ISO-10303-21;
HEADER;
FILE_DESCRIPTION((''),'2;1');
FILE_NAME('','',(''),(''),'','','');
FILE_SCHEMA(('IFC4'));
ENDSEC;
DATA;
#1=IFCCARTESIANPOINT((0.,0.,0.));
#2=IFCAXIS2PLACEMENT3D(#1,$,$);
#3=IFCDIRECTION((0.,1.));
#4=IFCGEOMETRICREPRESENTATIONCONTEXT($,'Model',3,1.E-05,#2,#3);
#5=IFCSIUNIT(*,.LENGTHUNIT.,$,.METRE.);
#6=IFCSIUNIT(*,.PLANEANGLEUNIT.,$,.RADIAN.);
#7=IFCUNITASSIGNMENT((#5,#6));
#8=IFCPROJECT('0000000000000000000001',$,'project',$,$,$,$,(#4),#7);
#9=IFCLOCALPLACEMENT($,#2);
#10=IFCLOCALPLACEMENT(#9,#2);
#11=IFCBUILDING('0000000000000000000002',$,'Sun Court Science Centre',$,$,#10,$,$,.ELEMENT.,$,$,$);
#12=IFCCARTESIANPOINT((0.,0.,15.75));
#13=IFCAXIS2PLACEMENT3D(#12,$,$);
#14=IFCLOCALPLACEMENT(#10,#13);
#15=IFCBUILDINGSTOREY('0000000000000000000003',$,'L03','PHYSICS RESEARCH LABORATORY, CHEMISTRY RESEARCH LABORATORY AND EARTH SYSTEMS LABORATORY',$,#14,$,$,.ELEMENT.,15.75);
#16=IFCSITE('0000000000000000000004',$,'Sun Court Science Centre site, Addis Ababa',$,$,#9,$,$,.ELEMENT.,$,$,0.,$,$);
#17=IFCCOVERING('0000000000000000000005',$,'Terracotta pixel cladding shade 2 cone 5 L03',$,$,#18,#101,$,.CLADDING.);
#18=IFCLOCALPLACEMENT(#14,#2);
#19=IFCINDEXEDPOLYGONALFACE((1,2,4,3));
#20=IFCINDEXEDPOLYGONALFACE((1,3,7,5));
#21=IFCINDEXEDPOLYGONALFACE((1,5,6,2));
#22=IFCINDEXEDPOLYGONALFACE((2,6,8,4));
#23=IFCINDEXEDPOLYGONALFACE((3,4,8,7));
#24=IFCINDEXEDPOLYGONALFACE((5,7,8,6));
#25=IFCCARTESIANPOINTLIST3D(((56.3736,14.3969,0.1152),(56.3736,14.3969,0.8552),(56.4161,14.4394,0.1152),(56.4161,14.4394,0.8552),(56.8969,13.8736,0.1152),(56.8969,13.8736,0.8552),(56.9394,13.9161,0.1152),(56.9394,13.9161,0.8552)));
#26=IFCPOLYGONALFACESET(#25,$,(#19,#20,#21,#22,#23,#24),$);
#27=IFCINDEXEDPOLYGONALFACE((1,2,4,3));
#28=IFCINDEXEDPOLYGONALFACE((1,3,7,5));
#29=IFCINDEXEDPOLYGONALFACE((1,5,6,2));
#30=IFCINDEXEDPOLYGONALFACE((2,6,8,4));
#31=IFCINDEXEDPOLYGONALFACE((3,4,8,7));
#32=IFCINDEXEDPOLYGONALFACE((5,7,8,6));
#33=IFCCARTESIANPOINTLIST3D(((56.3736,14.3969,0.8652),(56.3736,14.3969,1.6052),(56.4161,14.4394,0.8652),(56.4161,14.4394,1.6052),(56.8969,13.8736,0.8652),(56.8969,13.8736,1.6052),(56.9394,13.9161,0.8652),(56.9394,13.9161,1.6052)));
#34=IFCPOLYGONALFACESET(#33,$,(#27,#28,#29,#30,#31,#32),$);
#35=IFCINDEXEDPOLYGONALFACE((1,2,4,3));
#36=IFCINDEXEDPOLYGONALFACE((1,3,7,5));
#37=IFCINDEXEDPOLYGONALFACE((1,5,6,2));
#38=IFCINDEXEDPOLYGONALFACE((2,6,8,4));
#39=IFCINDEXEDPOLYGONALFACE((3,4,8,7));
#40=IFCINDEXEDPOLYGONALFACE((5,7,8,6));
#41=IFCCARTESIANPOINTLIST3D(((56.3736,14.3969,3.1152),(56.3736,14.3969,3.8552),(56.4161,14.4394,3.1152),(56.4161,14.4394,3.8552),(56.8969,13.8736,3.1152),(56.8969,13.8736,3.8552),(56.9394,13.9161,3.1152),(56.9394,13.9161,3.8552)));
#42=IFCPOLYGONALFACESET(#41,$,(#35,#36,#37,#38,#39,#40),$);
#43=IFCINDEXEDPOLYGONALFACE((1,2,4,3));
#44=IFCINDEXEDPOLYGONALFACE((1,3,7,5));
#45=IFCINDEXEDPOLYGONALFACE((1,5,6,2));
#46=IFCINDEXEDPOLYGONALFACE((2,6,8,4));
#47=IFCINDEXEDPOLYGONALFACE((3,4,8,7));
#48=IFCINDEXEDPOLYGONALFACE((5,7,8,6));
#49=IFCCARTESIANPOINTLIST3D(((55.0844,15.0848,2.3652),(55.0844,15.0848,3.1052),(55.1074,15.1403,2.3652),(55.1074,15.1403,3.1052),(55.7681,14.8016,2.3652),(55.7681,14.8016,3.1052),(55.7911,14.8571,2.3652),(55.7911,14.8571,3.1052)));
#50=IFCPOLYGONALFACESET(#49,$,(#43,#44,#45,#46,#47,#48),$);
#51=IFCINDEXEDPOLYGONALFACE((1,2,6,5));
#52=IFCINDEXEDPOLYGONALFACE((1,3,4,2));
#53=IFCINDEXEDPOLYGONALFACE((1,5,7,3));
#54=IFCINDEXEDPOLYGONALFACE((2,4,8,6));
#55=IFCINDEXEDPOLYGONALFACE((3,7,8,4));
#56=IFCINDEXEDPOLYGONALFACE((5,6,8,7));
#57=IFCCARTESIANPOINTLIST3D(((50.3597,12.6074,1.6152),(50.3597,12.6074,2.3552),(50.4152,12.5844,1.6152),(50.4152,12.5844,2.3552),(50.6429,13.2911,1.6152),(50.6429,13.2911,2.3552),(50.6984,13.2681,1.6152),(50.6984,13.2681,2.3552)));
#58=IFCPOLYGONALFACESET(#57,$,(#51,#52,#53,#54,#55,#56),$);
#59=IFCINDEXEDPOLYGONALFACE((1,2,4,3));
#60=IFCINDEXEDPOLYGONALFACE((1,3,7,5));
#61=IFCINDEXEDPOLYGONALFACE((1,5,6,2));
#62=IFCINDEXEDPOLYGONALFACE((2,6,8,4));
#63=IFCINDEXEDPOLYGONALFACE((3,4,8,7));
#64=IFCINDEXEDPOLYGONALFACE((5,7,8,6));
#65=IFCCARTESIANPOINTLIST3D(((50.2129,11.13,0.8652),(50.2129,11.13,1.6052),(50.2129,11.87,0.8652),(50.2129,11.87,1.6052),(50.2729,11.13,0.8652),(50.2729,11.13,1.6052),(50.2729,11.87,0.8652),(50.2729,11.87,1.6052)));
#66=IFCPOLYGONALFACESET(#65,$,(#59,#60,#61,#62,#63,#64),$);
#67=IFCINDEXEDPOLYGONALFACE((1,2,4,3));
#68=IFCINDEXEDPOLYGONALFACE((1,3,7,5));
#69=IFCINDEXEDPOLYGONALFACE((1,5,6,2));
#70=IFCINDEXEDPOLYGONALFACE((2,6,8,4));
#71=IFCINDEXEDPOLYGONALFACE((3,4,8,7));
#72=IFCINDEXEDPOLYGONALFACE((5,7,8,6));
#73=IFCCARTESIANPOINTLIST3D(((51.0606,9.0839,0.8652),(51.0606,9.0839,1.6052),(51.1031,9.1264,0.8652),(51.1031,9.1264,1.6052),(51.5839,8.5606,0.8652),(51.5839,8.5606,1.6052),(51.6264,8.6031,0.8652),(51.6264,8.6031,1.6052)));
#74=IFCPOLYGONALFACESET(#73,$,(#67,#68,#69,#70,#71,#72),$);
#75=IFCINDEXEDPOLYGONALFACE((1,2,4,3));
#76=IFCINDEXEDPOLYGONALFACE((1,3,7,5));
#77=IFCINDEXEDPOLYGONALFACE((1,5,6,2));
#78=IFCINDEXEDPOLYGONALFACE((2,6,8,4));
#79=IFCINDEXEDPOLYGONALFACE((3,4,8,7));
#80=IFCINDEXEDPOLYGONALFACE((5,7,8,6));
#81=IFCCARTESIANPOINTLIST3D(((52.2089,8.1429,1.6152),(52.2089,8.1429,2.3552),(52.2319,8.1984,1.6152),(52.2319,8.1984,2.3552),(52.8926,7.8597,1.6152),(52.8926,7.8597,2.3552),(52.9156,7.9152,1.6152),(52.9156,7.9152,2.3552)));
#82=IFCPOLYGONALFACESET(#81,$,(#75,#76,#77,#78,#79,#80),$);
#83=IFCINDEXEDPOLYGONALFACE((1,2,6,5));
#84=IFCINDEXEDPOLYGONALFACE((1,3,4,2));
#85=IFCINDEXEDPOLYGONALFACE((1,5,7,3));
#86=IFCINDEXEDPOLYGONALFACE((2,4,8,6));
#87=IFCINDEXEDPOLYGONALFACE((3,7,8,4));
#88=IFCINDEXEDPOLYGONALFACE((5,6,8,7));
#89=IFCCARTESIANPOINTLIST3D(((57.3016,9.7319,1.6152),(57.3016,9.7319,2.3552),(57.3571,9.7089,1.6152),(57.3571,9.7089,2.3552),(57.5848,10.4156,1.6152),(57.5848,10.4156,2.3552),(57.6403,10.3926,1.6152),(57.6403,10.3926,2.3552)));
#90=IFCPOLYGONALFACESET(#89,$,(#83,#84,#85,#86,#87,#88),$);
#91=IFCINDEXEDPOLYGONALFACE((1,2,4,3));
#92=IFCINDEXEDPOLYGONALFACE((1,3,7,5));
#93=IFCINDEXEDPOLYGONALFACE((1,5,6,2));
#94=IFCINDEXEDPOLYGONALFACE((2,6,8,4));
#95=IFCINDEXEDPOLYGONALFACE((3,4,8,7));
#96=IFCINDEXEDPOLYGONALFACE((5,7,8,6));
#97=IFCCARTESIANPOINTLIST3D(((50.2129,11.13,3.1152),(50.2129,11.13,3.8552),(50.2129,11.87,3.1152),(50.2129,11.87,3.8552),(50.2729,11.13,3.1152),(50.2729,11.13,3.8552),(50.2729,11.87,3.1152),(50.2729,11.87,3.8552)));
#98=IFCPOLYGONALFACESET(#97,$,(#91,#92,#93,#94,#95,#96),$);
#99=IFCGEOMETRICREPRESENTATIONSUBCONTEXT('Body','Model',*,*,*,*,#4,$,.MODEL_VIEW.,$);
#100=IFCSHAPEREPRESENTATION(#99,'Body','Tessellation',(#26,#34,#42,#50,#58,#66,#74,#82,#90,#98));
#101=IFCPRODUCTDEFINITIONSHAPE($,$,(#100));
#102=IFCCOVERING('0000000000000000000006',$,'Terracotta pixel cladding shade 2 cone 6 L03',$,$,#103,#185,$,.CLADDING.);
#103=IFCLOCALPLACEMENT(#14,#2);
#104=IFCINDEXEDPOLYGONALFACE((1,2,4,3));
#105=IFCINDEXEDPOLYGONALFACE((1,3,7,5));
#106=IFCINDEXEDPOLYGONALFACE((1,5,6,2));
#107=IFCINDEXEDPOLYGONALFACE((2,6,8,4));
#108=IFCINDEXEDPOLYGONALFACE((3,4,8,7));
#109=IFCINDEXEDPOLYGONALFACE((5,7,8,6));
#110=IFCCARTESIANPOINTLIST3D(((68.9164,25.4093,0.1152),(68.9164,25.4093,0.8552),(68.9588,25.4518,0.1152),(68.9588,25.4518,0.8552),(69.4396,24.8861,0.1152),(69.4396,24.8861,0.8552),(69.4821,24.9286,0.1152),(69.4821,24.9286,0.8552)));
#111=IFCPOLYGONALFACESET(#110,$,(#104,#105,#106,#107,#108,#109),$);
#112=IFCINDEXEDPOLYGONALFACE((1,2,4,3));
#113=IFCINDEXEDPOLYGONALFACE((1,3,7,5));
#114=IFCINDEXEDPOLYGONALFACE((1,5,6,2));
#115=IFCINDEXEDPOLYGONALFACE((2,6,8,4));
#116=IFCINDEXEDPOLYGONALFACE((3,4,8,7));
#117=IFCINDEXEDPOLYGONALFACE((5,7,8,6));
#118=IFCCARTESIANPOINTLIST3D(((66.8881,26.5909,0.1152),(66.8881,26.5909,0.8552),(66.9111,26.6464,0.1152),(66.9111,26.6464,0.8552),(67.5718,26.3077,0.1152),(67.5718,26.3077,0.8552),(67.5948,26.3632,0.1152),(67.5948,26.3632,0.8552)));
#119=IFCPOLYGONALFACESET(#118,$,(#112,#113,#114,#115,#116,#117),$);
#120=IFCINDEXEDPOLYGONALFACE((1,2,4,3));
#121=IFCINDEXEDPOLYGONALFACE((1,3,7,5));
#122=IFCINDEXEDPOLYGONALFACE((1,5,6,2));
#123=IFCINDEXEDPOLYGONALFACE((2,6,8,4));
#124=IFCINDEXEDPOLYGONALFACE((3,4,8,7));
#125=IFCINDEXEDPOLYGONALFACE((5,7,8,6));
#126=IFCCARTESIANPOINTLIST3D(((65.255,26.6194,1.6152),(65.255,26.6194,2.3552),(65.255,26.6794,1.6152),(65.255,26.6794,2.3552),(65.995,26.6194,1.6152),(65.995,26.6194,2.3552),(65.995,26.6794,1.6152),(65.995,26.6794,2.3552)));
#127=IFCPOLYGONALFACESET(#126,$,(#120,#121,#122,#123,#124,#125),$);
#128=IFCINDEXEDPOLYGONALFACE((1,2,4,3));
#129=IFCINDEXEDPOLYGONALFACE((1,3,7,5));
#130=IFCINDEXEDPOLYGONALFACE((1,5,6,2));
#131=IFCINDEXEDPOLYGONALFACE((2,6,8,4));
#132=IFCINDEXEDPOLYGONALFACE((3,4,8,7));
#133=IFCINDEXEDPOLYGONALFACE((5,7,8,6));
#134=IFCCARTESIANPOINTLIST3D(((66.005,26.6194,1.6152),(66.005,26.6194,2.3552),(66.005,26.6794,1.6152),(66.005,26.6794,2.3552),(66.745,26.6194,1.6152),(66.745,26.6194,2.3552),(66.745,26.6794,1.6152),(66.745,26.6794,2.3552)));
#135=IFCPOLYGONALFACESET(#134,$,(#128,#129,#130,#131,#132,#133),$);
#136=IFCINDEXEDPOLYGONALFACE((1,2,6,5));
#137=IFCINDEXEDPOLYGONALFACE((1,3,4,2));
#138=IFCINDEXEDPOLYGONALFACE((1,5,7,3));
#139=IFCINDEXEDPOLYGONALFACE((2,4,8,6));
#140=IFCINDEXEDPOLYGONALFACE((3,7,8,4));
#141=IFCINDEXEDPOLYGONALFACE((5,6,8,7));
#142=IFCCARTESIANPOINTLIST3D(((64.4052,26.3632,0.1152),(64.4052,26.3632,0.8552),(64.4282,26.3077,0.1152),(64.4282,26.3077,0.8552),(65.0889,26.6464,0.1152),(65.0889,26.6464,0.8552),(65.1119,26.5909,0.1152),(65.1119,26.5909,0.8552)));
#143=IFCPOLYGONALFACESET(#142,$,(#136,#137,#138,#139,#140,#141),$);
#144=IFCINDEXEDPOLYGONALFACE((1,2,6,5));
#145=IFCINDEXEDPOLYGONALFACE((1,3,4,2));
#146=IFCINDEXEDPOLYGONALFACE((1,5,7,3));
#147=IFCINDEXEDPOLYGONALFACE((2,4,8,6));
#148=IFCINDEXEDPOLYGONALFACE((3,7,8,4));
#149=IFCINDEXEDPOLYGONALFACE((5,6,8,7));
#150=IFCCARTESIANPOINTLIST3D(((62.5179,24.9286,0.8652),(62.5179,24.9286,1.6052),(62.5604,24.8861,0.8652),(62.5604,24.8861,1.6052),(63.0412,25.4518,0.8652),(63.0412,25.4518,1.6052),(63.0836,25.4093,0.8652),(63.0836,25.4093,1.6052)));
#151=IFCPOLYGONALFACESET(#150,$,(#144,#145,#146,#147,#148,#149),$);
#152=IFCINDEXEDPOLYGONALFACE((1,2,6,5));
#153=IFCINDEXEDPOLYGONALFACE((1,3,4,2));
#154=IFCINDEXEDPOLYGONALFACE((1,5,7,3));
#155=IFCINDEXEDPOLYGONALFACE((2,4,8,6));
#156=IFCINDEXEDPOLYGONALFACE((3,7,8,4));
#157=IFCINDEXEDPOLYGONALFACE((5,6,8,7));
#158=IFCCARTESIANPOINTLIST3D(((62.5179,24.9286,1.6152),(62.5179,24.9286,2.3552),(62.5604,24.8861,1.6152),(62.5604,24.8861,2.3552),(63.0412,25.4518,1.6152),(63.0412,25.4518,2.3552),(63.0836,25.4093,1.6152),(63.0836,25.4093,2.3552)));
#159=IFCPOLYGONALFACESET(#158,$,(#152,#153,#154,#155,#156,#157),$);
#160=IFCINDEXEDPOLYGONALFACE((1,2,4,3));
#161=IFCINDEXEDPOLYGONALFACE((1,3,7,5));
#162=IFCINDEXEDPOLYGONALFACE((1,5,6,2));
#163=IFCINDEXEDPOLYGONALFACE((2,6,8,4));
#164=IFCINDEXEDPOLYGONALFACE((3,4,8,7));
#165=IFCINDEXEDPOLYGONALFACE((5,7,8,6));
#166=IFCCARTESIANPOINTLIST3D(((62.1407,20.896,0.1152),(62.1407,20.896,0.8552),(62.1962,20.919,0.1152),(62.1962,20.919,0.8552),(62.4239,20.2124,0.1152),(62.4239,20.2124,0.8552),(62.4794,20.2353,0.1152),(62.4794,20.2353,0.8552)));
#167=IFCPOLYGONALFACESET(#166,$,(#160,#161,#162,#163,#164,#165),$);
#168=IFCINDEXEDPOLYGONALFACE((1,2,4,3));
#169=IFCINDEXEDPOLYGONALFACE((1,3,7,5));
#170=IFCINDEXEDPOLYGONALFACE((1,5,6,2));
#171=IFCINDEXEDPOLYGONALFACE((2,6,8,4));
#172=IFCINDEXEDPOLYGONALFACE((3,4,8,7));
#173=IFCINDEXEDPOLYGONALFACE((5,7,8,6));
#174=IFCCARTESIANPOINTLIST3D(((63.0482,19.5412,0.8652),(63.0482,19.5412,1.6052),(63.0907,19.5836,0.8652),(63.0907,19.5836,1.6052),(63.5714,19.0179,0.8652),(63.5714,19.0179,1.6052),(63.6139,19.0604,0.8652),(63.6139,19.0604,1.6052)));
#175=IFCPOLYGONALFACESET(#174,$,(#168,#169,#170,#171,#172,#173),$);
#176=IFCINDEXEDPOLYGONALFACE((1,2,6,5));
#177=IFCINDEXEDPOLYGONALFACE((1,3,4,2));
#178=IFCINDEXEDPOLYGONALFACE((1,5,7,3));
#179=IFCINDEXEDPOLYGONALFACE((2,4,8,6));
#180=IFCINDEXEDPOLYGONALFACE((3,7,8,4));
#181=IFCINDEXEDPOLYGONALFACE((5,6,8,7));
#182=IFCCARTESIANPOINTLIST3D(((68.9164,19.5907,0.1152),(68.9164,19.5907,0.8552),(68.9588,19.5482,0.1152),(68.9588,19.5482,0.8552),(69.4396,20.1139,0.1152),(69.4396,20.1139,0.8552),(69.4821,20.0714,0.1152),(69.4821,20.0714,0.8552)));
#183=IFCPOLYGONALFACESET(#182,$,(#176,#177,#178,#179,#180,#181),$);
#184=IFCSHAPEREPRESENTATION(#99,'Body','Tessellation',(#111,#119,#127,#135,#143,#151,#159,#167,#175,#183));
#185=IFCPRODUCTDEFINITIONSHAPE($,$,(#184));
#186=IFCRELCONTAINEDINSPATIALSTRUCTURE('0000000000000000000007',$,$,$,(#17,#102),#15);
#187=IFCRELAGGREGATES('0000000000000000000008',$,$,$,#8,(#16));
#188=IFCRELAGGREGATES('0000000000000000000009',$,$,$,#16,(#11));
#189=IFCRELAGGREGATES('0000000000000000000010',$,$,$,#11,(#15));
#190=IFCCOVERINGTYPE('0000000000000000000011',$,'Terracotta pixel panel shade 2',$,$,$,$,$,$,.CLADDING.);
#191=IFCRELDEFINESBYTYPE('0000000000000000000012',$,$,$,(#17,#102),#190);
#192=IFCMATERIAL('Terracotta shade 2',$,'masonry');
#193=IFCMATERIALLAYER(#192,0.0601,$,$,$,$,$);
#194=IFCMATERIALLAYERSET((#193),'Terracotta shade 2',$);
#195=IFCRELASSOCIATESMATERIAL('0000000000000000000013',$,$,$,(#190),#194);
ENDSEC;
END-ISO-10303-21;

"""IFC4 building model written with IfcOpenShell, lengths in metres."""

from ifc_helpers import new_model, si_unit, direction, frame, origin, origin_2d, place, context, subcontext, project, spatial, rectangle, extrude, material, layer, layer_set, type_object, element, save


model = new_model("IFC4")

# Units and contexts
model_context = context("Model", 3, precision=1e-05, world=origin(), true_north=direction((0.0, 1.0)))
body_context = subcontext(model_context, "Body", "Model", "MODEL_VIEW")
ifc_project = project(units=[si_unit("LENGTHUNIT", "METRE"), si_unit("PLANEANGLEUNIT", "RADIAN")], contexts=[model_context])

# Site, building, storey
site_placement = place(None, origin())
site = spatial("IfcSite", under=ifc_project, at=site_placement, Name="Sun Court Science Centre site, Addis Ababa", CompositionType="ELEMENT", RefElevation=0.0)
building_placement = place(site_placement, origin())
building = spatial("IfcBuilding", under=site, at=building_placement, Name="Sun Court Science Centre", CompositionType="ELEMENT")
storey_placement = place(building_placement, frame((0.0, 0.0, 15.75)))
storey = spatial("IfcBuildingStorey", under=building, at=storey_placement, Name="L03", Description="PHYSICS RESEARCH LABORATORY, CHEMISTRY RESEARCH LABORATORY AND EARTH SYSTEMS LABORATORY", CompositionType="ELEMENT", Elevation=15.75)

# Coverings
ifc_material_1 = material(Name="Terracotta shade 2", Category="masonry")
ifc_layer_1 = layer(ifc_material_1, 0.0601)
ifc_layer_set_1 = layer_set([ifc_layer_1], Name="Terracotta shade 2")
covering_type_1 = type_object("IfcCoveringType", Name="Terracotta pixel panel shade 2", PredefinedType="CLADDING", material=ifc_layer_set_1)
covering_1_placement = place(storey_placement, frame((0.0, 0.0, -15.75)))
element("IfcCovering", 1, at=covering_1_placement, inside=storey, type_object=covering_type_1, Name="Terracotta pixel cladding shade 2 cone 5 L03", PredefinedType="CLADDING", context=body_context, shape_type="SweptSolid", body=[
    extrude(rectangle(XDim=0.74, YDim=0.0601, at=origin_2d()), frame((56.6565, 14.1565, 15.8652), z_axis=(0.0, 0.0, 1.0), x_axis=(0.707107, -0.707107, 0.0)), (0.0, 0.0, 1.0), 0.74),
    extrude(rectangle(XDim=0.74, YDim=0.0601, at=origin_2d()), frame((56.6565, 14.1565, 16.6152), z_axis=(0.0, 0.0, 1.0), x_axis=(0.707107, -0.707107, 0.0)), (0.0, 0.0, 1.0), 0.74),
    extrude(rectangle(XDim=0.74, YDim=0.0601, at=origin_2d()), frame((56.6565, 14.1565, 18.8652), z_axis=(0.0, 0.0, 1.0), x_axis=(0.707107, -0.707107, 0.0)), (0.0, 0.0, 1.0), 0.74),
    extrude(rectangle(XDim=0.74, YDim=0.0601, at=origin_2d()), frame((55.4377, 14.9709, 18.1152), z_axis=(0.0, 0.0, 1.0), x_axis=(0.92388, -0.382683, 0.0)), (0.0, 0.0, 1.0), 0.74),
    extrude(rectangle(XDim=0.74, YDim=0.0601, at=origin_2d()), frame((50.5291, 12.9377, 17.3652), z_axis=(0.0, 0.0, 1.0), x_axis=(0.382683, 0.92388, 0.0)), (0.0, 0.0, 1.0), 0.74),
    extrude(rectangle(XDim=0.74, YDim=0.0601, at=origin_2d()), frame((50.2429, 11.5, 16.6152), z_axis=(0.0, 0.0, 1.0), x_axis=(0.0, 1.0, 0.0)), (0.0, 0.0, 1.0), 0.74),
    extrude(rectangle(XDim=0.74, YDim=0.0601, at=origin_2d()), frame((51.3435, 8.8435, 16.6152), z_axis=(0.0, 0.0, 1.0), x_axis=(-0.707107, 0.707107, 0.0)), (0.0, 0.0, 1.0), 0.74),
    extrude(rectangle(XDim=0.74, YDim=0.0601, at=origin_2d()), frame((52.5623, 8.0291, 17.3652), z_axis=(0.0, 0.0, 1.0), x_axis=(-0.92388, 0.382683, 0.0)), (0.0, 0.0, 1.0), 0.74),
    extrude(rectangle(XDim=0.74, YDim=0.0601, at=origin_2d()), frame((57.4709, 10.0623, 17.3652), z_axis=(0.0, 0.0, 1.0), x_axis=(-0.382683, -0.92388, 0.0)), (0.0, 0.0, 1.0), 0.74),
    extrude(rectangle(XDim=0.74, YDim=0.0601, at=origin_2d()), frame((50.2429, 11.5, 18.8652), z_axis=(0.0, 0.0, 1.0), x_axis=(0.0, 1.0, 0.0)), (0.0, 0.0, 1.0), 0.74),
])
covering_2_placement = place(storey_placement, frame((0.0, 0.0, -15.75)))
element("IfcCovering", 2, at=covering_2_placement, inside=storey, type_object=covering_type_1, Name="Terracotta pixel cladding shade 2 cone 6 L03", PredefinedType="CLADDING", context=body_context, shape_type="SweptSolid", body=[
    extrude(rectangle(XDim=0.74, YDim=0.0601, at=origin_2d()), frame((69.1992, 25.1689, 15.8652), z_axis=(0.0, 0.0, 1.0), x_axis=(0.707107, -0.707107, 0.0)), (0.0, 0.0, 1.0), 0.74),
    extrude(rectangle(XDim=0.74, YDim=0.0601, at=origin_2d()), frame((67.2415, 26.4771, 15.8652), z_axis=(0.0, 0.0, 1.0), x_axis=(0.92388, -0.382683, 0.0)), (0.0, 0.0, 1.0), 0.74),
    extrude(rectangle(XDim=0.74, YDim=0.0601, at=origin_2d()), frame((65.625, 26.6494, 17.3652), z_axis=(0.0, 0.0, 1.0), x_axis=(1.0, 0.0, 0.0)), (0.0, 0.0, 1.0), 0.74),
    extrude(rectangle(XDim=0.74, YDim=0.0601, at=origin_2d()), frame((66.375, 26.6494, 17.3652), z_axis=(0.0, 0.0, 1.0), x_axis=(1.0, 0.0, 0.0)), (0.0, 0.0, 1.0), 0.74),
    extrude(rectangle(XDim=0.74, YDim=0.0601, at=origin_2d()), frame((64.7585, 26.4771, 15.8652), z_axis=(0.0, 0.0, 1.0), x_axis=(0.92388, 0.382683, 0.0)), (0.0, 0.0, 1.0), 0.74),
    extrude(rectangle(XDim=0.74, YDim=0.0601, at=origin_2d()), frame((62.8008, 25.1689, 16.6152), z_axis=(0.0, 0.0, 1.0), x_axis=(0.707107, 0.707107, 0.0)), (0.0, 0.0, 1.0), 0.74),
    extrude(rectangle(XDim=0.74, YDim=0.0601, at=origin_2d()), frame((62.8008, 25.1689, 17.3652), z_axis=(0.0, 0.0, 1.0), x_axis=(0.707107, 0.707107, 0.0)), (0.0, 0.0, 1.0), 0.74),
    extrude(rectangle(XDim=0.74, YDim=0.0601, at=origin_2d()), frame((62.3101, 20.5657, 15.8652), z_axis=(0.0, 0.0, 1.0), x_axis=(-0.382683, 0.92388, 0.0)), (0.0, 0.0, 1.0), 0.74),
    extrude(rectangle(XDim=0.74, YDim=0.0601, at=origin_2d()), frame((63.3311, 19.3008, 16.6152), z_axis=(0.0, 0.0, 1.0), x_axis=(-0.707107, 0.707107, 0.0)), (0.0, 0.0, 1.0), 0.74),
    extrude(rectangle(XDim=0.74, YDim=0.0601, at=origin_2d()), frame((69.1992, 19.8311, 15.8652), z_axis=(0.0, 0.0, 1.0), x_axis=(-0.707107, -0.707107, 0.0)), (0.0, 0.0, 1.0), 0.74),
])

save(model, "model.ifc")
